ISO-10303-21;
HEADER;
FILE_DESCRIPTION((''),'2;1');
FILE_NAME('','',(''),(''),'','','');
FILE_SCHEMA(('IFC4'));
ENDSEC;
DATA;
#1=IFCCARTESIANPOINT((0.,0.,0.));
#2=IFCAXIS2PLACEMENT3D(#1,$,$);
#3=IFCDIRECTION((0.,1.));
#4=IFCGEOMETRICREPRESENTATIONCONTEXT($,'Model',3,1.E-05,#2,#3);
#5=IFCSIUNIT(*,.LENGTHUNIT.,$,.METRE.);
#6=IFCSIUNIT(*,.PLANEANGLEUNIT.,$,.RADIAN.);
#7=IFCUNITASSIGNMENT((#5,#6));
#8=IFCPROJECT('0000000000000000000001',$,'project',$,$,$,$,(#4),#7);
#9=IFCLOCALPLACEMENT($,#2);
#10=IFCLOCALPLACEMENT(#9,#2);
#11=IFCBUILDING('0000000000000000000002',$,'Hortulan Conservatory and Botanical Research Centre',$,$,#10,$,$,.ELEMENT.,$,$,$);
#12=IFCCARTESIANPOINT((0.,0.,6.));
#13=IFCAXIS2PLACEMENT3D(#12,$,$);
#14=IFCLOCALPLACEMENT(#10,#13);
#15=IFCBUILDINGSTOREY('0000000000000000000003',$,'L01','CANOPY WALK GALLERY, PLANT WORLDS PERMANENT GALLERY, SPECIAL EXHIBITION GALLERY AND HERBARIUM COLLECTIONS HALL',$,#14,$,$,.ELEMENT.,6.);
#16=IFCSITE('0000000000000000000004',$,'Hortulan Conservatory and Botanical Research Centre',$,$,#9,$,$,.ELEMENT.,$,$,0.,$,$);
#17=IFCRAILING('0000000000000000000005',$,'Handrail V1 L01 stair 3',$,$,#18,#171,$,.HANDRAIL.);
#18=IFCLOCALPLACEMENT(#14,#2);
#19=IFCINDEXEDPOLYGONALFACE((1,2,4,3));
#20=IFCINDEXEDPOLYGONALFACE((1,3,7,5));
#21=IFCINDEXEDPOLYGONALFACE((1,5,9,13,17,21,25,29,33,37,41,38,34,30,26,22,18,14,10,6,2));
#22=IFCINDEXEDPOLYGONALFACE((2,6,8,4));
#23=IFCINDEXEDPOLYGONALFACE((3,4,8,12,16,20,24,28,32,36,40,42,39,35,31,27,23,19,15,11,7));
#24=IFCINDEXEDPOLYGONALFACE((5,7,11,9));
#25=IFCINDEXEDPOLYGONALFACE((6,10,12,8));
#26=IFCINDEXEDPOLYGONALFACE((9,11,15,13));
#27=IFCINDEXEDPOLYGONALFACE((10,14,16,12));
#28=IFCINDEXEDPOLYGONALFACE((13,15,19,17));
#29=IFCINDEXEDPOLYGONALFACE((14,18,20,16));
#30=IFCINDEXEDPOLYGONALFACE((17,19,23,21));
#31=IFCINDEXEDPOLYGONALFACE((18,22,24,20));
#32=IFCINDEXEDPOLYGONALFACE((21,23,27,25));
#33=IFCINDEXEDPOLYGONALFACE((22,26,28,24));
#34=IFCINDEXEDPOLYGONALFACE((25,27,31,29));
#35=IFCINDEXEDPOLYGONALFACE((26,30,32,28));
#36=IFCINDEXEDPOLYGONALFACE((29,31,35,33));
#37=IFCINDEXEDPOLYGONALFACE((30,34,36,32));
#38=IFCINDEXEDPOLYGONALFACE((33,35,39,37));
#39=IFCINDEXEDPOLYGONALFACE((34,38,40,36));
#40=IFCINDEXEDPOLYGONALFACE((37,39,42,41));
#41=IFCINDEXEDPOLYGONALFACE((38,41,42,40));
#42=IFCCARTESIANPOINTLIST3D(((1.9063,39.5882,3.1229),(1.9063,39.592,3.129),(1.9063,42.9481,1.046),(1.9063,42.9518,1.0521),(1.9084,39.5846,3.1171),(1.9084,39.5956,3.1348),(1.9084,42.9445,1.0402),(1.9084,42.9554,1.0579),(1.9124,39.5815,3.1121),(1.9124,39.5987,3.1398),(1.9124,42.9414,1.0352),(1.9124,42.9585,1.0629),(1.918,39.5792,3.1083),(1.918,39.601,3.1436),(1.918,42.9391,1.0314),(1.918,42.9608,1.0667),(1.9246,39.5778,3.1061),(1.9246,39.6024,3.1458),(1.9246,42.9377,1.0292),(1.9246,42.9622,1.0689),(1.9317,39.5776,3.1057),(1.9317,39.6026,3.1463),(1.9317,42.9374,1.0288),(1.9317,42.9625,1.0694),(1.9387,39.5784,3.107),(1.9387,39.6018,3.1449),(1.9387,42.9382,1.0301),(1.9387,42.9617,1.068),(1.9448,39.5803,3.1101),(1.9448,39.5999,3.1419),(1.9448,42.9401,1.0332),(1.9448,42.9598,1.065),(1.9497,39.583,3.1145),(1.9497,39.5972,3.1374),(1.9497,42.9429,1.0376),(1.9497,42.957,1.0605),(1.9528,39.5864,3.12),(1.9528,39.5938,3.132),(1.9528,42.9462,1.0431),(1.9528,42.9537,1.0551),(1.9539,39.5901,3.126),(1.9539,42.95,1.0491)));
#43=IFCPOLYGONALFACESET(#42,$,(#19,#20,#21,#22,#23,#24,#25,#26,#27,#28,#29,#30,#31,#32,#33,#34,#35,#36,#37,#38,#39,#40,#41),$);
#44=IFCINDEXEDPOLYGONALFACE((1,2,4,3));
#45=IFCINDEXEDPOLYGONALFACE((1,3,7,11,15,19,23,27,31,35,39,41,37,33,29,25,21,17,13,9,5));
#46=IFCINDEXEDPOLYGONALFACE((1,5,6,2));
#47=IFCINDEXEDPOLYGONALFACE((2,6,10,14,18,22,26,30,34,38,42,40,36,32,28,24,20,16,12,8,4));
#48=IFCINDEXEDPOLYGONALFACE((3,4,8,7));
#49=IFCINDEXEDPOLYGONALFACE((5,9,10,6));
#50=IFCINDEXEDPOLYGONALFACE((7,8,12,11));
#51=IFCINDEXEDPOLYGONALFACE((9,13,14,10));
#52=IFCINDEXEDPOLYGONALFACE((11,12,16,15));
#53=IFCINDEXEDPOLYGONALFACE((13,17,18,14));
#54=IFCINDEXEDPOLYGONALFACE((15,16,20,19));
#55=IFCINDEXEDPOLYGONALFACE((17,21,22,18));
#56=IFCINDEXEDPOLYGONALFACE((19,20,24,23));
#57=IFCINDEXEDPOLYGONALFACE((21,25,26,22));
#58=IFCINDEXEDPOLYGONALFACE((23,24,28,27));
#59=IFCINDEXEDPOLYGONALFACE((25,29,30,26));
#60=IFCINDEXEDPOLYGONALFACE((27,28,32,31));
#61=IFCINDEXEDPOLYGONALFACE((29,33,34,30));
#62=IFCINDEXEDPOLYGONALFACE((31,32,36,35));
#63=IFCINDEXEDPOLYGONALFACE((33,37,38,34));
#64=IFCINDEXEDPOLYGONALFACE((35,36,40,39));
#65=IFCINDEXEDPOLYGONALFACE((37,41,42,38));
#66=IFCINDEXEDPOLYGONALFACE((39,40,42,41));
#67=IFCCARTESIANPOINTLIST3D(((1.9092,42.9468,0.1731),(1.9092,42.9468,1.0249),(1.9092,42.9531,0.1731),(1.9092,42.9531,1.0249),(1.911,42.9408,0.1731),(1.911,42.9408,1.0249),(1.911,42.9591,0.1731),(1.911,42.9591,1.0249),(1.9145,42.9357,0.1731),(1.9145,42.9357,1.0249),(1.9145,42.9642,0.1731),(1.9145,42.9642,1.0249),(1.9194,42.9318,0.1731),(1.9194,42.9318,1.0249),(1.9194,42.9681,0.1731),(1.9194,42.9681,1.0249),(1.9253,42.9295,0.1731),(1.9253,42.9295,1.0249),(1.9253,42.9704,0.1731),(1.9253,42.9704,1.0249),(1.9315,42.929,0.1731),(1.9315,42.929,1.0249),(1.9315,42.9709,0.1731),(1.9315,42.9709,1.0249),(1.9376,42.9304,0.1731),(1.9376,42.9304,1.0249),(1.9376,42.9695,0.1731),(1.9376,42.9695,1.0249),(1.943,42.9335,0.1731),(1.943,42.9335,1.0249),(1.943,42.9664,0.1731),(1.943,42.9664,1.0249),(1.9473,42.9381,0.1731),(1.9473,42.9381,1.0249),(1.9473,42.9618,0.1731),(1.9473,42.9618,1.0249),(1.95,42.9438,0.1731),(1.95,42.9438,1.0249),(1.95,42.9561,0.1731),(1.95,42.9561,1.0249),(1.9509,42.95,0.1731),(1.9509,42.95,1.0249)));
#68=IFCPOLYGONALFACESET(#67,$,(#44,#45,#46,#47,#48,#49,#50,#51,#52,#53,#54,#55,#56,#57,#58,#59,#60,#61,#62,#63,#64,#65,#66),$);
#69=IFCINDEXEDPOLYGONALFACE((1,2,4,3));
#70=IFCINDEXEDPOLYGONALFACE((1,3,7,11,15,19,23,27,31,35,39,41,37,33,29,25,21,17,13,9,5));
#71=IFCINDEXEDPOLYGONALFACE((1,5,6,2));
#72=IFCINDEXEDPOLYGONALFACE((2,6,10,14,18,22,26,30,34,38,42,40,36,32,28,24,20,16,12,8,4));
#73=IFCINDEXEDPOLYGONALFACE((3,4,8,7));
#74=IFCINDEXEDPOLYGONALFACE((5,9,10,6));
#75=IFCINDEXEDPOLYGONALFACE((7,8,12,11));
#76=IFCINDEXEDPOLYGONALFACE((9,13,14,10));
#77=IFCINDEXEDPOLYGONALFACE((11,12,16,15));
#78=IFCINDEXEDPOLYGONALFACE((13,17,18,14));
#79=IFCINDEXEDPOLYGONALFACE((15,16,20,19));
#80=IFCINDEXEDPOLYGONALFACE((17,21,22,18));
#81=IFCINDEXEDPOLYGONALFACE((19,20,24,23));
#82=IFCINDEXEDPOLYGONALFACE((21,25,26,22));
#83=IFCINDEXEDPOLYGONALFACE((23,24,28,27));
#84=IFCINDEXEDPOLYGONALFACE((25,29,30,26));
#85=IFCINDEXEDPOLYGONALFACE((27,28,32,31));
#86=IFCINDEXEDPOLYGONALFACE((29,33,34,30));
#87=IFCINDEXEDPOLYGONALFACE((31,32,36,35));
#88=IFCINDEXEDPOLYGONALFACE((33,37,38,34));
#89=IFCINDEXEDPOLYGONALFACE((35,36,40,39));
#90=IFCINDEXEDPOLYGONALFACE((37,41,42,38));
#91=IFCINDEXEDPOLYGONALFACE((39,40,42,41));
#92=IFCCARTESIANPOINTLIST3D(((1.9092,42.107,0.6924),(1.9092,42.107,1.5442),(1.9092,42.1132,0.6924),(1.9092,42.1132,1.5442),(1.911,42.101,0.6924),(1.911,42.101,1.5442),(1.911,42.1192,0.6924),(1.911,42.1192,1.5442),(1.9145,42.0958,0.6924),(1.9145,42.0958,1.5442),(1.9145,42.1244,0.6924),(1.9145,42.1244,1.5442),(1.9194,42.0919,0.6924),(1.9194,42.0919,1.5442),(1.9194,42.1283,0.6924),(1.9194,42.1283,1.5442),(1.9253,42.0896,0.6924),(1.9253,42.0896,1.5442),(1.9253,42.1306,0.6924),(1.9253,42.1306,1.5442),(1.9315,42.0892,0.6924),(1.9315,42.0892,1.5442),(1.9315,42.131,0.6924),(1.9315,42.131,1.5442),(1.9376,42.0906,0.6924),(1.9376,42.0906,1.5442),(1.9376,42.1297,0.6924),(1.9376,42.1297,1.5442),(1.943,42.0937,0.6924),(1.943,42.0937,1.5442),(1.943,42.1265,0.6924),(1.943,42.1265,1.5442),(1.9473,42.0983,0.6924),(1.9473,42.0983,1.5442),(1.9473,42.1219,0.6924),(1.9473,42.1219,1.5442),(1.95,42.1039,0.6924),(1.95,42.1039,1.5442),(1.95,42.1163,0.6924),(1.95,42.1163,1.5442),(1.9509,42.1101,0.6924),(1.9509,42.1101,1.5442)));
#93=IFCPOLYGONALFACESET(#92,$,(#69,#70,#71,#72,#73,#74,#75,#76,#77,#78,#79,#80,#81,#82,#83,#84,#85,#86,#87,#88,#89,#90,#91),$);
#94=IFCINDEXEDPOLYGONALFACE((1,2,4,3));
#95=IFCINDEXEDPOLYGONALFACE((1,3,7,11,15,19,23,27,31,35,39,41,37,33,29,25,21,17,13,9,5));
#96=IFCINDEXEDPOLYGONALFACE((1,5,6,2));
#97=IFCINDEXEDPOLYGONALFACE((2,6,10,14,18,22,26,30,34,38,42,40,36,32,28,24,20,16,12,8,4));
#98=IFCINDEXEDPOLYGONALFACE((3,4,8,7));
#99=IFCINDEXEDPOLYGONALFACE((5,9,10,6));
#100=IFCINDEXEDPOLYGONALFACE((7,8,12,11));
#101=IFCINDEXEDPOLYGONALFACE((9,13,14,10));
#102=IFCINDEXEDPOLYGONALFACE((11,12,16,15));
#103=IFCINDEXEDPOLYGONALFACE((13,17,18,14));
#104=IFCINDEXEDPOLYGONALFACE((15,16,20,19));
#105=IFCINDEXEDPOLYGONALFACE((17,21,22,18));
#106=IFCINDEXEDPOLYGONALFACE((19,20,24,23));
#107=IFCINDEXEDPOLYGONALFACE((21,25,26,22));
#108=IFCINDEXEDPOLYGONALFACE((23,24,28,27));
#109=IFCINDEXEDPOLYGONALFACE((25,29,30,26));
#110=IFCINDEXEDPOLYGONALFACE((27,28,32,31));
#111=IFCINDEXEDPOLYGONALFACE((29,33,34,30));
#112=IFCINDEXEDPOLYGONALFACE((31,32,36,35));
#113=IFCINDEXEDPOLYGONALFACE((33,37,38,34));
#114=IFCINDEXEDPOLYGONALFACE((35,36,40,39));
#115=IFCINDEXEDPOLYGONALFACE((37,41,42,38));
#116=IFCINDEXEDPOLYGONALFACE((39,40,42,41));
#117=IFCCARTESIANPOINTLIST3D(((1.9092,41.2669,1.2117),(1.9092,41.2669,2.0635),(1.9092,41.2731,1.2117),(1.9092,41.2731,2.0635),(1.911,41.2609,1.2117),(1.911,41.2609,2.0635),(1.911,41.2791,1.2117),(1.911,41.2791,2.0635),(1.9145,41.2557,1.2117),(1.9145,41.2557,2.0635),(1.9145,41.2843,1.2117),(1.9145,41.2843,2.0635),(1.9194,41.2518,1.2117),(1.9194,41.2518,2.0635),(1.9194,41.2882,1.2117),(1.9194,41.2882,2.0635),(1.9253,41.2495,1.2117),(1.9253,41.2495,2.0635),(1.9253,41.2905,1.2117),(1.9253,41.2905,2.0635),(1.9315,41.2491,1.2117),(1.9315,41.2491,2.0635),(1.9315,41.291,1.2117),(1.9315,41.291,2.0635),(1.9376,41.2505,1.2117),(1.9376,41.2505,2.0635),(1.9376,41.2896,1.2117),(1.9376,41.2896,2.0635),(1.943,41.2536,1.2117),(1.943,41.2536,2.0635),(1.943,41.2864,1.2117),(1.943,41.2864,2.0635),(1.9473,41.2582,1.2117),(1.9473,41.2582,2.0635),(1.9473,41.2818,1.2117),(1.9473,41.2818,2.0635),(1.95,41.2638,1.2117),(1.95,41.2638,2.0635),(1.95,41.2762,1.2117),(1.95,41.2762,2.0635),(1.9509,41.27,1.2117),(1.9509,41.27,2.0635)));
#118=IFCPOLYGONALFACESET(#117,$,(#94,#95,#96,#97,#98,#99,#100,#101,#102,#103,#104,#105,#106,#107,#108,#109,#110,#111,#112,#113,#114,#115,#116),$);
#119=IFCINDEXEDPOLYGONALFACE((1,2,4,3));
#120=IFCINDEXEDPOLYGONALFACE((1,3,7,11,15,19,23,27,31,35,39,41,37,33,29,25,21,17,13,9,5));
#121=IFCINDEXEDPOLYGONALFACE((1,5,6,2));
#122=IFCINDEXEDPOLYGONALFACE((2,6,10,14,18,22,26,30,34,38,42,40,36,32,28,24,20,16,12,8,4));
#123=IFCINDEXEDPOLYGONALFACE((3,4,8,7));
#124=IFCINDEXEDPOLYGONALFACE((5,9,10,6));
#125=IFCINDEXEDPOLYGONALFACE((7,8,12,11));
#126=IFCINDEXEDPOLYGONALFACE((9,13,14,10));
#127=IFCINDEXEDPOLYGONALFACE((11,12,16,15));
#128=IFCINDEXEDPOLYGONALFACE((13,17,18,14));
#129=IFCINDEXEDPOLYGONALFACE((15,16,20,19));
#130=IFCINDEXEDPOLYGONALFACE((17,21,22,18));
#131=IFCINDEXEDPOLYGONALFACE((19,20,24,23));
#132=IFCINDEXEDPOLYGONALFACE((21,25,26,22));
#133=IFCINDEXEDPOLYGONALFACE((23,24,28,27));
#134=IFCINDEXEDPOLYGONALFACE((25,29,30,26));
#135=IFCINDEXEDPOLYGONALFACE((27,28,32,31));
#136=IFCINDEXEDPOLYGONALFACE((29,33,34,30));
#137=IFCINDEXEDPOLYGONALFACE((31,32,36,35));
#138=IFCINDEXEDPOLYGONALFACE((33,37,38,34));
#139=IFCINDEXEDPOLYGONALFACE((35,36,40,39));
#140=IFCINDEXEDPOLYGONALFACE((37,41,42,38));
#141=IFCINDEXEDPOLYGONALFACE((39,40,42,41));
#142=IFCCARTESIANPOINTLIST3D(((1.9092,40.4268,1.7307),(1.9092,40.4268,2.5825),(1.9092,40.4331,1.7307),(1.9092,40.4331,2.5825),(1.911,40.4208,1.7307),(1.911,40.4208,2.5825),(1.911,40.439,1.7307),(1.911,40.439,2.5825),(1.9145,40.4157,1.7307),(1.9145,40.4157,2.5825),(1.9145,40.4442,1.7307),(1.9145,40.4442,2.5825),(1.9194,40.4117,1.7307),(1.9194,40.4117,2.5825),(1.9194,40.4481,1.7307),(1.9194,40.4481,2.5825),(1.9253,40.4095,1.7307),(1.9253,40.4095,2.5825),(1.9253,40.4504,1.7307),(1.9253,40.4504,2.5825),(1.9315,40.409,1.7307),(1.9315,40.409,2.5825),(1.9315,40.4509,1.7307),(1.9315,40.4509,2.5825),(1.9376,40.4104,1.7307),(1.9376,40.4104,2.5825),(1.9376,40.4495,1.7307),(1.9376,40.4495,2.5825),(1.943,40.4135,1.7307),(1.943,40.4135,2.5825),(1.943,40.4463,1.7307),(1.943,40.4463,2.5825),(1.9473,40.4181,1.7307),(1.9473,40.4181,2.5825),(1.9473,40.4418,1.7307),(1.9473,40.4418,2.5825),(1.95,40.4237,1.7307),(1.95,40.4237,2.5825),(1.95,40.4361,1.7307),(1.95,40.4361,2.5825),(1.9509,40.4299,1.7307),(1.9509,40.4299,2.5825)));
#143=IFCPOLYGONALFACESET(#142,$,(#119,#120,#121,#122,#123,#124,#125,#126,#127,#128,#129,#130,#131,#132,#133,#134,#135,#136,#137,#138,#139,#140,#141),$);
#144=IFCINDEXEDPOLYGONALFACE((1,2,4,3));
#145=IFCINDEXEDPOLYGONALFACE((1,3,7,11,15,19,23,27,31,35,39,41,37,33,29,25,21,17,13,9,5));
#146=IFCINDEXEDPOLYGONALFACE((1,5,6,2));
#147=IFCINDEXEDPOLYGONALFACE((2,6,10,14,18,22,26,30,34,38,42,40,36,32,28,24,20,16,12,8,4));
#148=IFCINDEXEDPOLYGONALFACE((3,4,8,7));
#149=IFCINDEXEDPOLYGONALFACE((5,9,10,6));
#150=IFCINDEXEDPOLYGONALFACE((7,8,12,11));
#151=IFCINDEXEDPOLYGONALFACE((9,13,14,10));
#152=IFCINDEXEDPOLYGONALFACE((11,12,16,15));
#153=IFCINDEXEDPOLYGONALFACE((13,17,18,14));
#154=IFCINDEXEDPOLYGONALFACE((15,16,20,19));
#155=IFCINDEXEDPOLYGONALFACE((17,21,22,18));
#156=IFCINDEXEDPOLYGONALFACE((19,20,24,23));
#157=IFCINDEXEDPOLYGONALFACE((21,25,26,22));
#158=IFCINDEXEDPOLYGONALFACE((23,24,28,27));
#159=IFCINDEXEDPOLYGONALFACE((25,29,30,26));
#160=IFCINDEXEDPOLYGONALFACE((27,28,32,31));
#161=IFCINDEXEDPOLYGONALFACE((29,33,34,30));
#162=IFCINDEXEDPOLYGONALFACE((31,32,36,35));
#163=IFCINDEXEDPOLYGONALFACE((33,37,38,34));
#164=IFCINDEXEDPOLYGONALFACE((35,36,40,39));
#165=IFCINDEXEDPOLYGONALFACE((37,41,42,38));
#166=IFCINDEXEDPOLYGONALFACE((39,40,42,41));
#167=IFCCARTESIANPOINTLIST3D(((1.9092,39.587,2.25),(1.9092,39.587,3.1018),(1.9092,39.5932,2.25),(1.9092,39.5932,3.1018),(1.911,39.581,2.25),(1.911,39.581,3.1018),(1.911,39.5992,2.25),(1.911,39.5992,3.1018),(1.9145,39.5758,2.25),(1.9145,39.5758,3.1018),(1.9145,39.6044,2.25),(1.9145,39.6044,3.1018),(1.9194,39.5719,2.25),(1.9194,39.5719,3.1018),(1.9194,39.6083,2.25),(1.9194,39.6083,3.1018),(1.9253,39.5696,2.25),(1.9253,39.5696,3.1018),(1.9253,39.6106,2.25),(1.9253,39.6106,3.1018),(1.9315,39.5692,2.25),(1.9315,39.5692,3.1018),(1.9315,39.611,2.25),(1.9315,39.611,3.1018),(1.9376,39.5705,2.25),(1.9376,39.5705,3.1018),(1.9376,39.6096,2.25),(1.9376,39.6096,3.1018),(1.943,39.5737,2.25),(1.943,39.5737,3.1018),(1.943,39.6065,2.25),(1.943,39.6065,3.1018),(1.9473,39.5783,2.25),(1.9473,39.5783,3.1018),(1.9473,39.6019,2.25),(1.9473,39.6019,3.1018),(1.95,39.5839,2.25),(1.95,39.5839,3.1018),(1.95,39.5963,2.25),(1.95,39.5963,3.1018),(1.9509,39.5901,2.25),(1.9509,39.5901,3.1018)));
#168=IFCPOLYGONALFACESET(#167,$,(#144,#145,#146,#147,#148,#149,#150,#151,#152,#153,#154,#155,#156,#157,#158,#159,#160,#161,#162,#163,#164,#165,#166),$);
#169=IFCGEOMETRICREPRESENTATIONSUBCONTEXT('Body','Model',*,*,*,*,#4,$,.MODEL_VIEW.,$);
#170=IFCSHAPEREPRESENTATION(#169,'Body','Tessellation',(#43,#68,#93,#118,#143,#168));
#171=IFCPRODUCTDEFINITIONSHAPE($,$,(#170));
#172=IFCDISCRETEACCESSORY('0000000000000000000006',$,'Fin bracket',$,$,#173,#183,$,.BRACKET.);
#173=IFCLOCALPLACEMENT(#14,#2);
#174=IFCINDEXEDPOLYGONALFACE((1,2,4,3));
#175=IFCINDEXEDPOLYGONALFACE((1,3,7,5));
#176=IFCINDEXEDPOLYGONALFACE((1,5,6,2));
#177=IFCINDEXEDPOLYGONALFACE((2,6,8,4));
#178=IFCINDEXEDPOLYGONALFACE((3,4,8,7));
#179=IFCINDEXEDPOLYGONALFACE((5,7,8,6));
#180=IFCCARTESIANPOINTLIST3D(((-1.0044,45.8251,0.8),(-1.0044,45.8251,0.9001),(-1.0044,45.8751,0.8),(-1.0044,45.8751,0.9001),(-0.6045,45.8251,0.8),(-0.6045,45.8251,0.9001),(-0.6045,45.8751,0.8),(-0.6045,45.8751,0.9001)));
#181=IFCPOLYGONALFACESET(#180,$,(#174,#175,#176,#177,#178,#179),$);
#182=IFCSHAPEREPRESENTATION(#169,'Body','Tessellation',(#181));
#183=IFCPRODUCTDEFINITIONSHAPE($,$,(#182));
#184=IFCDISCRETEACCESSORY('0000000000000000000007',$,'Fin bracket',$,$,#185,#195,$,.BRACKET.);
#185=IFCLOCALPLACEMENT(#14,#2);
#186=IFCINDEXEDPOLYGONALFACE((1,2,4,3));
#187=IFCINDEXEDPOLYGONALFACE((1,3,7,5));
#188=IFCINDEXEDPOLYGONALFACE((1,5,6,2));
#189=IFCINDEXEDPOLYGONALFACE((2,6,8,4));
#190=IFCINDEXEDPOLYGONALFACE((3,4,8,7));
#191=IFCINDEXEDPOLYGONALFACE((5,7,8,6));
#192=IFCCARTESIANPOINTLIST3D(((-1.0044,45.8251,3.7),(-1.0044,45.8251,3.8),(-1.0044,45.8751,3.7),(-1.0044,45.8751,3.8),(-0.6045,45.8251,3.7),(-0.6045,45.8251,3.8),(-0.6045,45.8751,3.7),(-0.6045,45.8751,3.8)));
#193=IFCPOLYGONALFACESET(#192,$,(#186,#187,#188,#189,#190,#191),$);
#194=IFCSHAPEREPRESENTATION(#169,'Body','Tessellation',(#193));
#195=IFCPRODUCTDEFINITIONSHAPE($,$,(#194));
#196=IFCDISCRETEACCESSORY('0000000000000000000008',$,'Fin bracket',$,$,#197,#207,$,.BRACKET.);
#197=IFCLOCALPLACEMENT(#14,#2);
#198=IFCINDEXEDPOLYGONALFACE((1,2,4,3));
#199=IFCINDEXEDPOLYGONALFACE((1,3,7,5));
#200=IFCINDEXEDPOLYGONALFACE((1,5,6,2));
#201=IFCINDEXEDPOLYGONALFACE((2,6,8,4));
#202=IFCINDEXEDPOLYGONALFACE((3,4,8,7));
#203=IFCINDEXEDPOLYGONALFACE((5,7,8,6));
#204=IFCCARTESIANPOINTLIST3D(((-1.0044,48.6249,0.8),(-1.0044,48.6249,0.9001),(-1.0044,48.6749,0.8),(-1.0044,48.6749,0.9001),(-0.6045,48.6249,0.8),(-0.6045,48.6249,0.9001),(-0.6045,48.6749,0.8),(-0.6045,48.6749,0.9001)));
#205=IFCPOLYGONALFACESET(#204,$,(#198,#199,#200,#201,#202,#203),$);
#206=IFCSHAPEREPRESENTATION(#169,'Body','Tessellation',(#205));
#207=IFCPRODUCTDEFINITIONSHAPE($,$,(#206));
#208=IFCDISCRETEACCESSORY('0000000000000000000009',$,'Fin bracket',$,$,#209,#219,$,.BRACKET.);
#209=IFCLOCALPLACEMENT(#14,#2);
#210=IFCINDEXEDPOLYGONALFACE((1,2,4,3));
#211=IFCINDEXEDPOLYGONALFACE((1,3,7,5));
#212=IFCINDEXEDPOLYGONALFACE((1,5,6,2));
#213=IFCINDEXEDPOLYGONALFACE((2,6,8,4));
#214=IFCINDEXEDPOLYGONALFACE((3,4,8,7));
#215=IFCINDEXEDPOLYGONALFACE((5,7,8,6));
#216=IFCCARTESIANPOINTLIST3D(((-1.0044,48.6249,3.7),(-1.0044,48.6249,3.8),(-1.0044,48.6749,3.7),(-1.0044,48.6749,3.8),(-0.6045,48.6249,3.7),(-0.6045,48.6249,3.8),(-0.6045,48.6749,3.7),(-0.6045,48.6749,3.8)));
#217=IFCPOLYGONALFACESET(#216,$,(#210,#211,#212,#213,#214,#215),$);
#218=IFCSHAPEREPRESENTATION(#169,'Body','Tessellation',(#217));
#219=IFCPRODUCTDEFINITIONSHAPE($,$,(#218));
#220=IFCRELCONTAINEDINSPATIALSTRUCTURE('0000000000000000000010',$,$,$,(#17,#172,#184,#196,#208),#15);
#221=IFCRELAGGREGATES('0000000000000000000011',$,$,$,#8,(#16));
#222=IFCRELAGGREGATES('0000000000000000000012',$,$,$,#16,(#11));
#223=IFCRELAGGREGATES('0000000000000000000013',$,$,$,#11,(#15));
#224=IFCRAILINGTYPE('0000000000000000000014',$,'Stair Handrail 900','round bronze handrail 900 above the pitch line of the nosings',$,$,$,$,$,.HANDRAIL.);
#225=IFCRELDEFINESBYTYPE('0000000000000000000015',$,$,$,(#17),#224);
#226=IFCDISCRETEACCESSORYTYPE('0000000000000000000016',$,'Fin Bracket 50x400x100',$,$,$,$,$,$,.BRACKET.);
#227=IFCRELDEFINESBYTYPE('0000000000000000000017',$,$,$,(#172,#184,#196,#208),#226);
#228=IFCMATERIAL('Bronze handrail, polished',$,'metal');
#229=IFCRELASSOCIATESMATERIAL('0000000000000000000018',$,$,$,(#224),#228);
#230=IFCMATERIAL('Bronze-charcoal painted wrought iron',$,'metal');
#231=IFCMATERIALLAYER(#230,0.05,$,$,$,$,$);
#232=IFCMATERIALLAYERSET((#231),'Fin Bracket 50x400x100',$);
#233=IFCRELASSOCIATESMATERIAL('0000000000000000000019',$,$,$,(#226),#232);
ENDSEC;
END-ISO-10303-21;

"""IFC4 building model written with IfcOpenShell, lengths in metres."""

from ifc_helpers import new_model, si_unit, direction, frame, origin, origin_2d, place, context, subcontext, project, spatial, rectangle, circle, extrude, material, layer, layer_set, type_object, element, save


model = new_model("IFC4")

# Units and contexts
model_context = context("Model", 3, precision=1e-05, world=origin(), true_north=direction((0.0, 1.0)))
body_context = subcontext(model_context, "Body", "Model", "MODEL_VIEW")
ifc_project = project(units=[si_unit("LENGTHUNIT", "METRE"), si_unit("PLANEANGLEUNIT", "RADIAN")], contexts=[model_context])

# Site, building, storey
site_placement = place(None, origin())
site = spatial("IfcSite", under=ifc_project, at=site_placement, Name="Hortulan Conservatory and Botanical Research Centre", CompositionType="ELEMENT", RefElevation=0.0)
building_placement = place(site_placement, origin())
building = spatial("IfcBuilding", under=site, at=building_placement, Name="Hortulan Conservatory and Botanical Research Centre", CompositionType="ELEMENT")
storey_placement = place(building_placement, frame((0.0, 0.0, 6.0)))
storey = spatial("IfcBuildingStorey", under=building, at=storey_placement, Name="L01", Description="CANOPY WALK GALLERY, PLANT WORLDS PERMANENT GALLERY, SPECIAL EXHIBITION GALLERY AND HERBARIUM COLLECTIONS HALL", CompositionType="ELEMENT", Elevation=6.0)

# Railing
ifc_material_1 = material(Name="Bronze handrail, polished", Category="metal")
railing_type_1 = type_object("IfcRailingType", Name="Stair Handrail 900", Description="round bronze handrail 900 above the pitch line of the nosings", PredefinedType="HANDRAIL", material=ifc_material_1)
for number, where, name in (
    (1, (1.9299, 42.95, 0.1731), "Handrail V1 L01 stair 3"),
):
    element("IfcRailing", number, at=place(storey_placement, frame(where)), inside=storey, type_object=railing_type_1, Name=name, PredefinedType="HANDRAIL", context=body_context, shape_type="SweptSolid", body=[
        extrude(circle(Radius=0.0239, at=origin_2d()), frame((0.0, 0.0, 0.876), z_axis=(0.0, -0.850606, 0.525803), x_axis=(1.0, 0.0, 0.0)), (0.0, 0.0, 1.0), 3.95),
        extrude(circle(Radius=0.021, at=origin_2d()), origin(), (0.0, 0.0, 1.0), 0.8518),
        extrude(circle(Radius=0.021, at=origin_2d()), frame((0.0, -0.8398, 0.5193)), (0.0, 0.0, 1.0), 0.8518),
        extrude(circle(Radius=0.021, at=origin_2d()), frame((0.0, -1.6799, 1.0386)), (0.0, 0.0, 1.0), 0.8518),
        extrude(circle(Radius=0.021, at=origin_2d()), frame((0.0, -2.52, 1.5576)), (0.0, 0.0, 1.0), 0.8518),
        extrude(circle(Radius=0.021, at=origin_2d()), frame((0.0, -3.3599, 2.0769)), (0.0, 0.0, 1.0), 0.8518),
    ])

# Discrete accessories
ifc_material_2 = material(Name="Bronze-charcoal painted wrought iron", Category="metal")
ifc_layer_1 = layer(ifc_material_2, 0.05)
ifc_layer_set_1 = layer_set([ifc_layer_1], Name="Fin Bracket 50x400x100")
discrete_accessory_type = type_object("IfcDiscreteAccessoryType", Name="Fin Bracket 50x400x100", PredefinedType="BRACKET", material=ifc_layer_set_1)
for number, where, z_axis, x_axis, name in (
    (2, (-0.8044, 45.8501, 0.8), (0.0, 0.0, 1.0), (0.0, 1.0, 0.0), "Fin bracket"),
    (3, (-0.8044, 45.8501, 3.7), (0.0, 0.0, 1.0), (0.0, 1.0, 0.0), "Fin bracket"),
    (4, (-0.8044, 48.6499, 0.8), (0.0, 0.0, 1.0), (0.0, 1.0, 0.0), "Fin bracket"),
    (5, (-0.8044, 48.6499, 3.7), (0.0, 0.0, 1.0), (0.0, 1.0, 0.0), "Fin bracket"),
):
    element("IfcDiscreteAccessory", number, at=place(storey_placement, frame(where, z_axis=z_axis, x_axis=x_axis)), inside=storey, type_object=discrete_accessory_type, Name=name, PredefinedType="BRACKET", context=body_context, shape_type="SweptSolid", body=[
        extrude(rectangle(XDim=0.05, YDim=0.3999, at=origin_2d()), origin(), (0.0, 0.0, 1.0), 0.1001),
    ])

save(model, "model.ifc")
